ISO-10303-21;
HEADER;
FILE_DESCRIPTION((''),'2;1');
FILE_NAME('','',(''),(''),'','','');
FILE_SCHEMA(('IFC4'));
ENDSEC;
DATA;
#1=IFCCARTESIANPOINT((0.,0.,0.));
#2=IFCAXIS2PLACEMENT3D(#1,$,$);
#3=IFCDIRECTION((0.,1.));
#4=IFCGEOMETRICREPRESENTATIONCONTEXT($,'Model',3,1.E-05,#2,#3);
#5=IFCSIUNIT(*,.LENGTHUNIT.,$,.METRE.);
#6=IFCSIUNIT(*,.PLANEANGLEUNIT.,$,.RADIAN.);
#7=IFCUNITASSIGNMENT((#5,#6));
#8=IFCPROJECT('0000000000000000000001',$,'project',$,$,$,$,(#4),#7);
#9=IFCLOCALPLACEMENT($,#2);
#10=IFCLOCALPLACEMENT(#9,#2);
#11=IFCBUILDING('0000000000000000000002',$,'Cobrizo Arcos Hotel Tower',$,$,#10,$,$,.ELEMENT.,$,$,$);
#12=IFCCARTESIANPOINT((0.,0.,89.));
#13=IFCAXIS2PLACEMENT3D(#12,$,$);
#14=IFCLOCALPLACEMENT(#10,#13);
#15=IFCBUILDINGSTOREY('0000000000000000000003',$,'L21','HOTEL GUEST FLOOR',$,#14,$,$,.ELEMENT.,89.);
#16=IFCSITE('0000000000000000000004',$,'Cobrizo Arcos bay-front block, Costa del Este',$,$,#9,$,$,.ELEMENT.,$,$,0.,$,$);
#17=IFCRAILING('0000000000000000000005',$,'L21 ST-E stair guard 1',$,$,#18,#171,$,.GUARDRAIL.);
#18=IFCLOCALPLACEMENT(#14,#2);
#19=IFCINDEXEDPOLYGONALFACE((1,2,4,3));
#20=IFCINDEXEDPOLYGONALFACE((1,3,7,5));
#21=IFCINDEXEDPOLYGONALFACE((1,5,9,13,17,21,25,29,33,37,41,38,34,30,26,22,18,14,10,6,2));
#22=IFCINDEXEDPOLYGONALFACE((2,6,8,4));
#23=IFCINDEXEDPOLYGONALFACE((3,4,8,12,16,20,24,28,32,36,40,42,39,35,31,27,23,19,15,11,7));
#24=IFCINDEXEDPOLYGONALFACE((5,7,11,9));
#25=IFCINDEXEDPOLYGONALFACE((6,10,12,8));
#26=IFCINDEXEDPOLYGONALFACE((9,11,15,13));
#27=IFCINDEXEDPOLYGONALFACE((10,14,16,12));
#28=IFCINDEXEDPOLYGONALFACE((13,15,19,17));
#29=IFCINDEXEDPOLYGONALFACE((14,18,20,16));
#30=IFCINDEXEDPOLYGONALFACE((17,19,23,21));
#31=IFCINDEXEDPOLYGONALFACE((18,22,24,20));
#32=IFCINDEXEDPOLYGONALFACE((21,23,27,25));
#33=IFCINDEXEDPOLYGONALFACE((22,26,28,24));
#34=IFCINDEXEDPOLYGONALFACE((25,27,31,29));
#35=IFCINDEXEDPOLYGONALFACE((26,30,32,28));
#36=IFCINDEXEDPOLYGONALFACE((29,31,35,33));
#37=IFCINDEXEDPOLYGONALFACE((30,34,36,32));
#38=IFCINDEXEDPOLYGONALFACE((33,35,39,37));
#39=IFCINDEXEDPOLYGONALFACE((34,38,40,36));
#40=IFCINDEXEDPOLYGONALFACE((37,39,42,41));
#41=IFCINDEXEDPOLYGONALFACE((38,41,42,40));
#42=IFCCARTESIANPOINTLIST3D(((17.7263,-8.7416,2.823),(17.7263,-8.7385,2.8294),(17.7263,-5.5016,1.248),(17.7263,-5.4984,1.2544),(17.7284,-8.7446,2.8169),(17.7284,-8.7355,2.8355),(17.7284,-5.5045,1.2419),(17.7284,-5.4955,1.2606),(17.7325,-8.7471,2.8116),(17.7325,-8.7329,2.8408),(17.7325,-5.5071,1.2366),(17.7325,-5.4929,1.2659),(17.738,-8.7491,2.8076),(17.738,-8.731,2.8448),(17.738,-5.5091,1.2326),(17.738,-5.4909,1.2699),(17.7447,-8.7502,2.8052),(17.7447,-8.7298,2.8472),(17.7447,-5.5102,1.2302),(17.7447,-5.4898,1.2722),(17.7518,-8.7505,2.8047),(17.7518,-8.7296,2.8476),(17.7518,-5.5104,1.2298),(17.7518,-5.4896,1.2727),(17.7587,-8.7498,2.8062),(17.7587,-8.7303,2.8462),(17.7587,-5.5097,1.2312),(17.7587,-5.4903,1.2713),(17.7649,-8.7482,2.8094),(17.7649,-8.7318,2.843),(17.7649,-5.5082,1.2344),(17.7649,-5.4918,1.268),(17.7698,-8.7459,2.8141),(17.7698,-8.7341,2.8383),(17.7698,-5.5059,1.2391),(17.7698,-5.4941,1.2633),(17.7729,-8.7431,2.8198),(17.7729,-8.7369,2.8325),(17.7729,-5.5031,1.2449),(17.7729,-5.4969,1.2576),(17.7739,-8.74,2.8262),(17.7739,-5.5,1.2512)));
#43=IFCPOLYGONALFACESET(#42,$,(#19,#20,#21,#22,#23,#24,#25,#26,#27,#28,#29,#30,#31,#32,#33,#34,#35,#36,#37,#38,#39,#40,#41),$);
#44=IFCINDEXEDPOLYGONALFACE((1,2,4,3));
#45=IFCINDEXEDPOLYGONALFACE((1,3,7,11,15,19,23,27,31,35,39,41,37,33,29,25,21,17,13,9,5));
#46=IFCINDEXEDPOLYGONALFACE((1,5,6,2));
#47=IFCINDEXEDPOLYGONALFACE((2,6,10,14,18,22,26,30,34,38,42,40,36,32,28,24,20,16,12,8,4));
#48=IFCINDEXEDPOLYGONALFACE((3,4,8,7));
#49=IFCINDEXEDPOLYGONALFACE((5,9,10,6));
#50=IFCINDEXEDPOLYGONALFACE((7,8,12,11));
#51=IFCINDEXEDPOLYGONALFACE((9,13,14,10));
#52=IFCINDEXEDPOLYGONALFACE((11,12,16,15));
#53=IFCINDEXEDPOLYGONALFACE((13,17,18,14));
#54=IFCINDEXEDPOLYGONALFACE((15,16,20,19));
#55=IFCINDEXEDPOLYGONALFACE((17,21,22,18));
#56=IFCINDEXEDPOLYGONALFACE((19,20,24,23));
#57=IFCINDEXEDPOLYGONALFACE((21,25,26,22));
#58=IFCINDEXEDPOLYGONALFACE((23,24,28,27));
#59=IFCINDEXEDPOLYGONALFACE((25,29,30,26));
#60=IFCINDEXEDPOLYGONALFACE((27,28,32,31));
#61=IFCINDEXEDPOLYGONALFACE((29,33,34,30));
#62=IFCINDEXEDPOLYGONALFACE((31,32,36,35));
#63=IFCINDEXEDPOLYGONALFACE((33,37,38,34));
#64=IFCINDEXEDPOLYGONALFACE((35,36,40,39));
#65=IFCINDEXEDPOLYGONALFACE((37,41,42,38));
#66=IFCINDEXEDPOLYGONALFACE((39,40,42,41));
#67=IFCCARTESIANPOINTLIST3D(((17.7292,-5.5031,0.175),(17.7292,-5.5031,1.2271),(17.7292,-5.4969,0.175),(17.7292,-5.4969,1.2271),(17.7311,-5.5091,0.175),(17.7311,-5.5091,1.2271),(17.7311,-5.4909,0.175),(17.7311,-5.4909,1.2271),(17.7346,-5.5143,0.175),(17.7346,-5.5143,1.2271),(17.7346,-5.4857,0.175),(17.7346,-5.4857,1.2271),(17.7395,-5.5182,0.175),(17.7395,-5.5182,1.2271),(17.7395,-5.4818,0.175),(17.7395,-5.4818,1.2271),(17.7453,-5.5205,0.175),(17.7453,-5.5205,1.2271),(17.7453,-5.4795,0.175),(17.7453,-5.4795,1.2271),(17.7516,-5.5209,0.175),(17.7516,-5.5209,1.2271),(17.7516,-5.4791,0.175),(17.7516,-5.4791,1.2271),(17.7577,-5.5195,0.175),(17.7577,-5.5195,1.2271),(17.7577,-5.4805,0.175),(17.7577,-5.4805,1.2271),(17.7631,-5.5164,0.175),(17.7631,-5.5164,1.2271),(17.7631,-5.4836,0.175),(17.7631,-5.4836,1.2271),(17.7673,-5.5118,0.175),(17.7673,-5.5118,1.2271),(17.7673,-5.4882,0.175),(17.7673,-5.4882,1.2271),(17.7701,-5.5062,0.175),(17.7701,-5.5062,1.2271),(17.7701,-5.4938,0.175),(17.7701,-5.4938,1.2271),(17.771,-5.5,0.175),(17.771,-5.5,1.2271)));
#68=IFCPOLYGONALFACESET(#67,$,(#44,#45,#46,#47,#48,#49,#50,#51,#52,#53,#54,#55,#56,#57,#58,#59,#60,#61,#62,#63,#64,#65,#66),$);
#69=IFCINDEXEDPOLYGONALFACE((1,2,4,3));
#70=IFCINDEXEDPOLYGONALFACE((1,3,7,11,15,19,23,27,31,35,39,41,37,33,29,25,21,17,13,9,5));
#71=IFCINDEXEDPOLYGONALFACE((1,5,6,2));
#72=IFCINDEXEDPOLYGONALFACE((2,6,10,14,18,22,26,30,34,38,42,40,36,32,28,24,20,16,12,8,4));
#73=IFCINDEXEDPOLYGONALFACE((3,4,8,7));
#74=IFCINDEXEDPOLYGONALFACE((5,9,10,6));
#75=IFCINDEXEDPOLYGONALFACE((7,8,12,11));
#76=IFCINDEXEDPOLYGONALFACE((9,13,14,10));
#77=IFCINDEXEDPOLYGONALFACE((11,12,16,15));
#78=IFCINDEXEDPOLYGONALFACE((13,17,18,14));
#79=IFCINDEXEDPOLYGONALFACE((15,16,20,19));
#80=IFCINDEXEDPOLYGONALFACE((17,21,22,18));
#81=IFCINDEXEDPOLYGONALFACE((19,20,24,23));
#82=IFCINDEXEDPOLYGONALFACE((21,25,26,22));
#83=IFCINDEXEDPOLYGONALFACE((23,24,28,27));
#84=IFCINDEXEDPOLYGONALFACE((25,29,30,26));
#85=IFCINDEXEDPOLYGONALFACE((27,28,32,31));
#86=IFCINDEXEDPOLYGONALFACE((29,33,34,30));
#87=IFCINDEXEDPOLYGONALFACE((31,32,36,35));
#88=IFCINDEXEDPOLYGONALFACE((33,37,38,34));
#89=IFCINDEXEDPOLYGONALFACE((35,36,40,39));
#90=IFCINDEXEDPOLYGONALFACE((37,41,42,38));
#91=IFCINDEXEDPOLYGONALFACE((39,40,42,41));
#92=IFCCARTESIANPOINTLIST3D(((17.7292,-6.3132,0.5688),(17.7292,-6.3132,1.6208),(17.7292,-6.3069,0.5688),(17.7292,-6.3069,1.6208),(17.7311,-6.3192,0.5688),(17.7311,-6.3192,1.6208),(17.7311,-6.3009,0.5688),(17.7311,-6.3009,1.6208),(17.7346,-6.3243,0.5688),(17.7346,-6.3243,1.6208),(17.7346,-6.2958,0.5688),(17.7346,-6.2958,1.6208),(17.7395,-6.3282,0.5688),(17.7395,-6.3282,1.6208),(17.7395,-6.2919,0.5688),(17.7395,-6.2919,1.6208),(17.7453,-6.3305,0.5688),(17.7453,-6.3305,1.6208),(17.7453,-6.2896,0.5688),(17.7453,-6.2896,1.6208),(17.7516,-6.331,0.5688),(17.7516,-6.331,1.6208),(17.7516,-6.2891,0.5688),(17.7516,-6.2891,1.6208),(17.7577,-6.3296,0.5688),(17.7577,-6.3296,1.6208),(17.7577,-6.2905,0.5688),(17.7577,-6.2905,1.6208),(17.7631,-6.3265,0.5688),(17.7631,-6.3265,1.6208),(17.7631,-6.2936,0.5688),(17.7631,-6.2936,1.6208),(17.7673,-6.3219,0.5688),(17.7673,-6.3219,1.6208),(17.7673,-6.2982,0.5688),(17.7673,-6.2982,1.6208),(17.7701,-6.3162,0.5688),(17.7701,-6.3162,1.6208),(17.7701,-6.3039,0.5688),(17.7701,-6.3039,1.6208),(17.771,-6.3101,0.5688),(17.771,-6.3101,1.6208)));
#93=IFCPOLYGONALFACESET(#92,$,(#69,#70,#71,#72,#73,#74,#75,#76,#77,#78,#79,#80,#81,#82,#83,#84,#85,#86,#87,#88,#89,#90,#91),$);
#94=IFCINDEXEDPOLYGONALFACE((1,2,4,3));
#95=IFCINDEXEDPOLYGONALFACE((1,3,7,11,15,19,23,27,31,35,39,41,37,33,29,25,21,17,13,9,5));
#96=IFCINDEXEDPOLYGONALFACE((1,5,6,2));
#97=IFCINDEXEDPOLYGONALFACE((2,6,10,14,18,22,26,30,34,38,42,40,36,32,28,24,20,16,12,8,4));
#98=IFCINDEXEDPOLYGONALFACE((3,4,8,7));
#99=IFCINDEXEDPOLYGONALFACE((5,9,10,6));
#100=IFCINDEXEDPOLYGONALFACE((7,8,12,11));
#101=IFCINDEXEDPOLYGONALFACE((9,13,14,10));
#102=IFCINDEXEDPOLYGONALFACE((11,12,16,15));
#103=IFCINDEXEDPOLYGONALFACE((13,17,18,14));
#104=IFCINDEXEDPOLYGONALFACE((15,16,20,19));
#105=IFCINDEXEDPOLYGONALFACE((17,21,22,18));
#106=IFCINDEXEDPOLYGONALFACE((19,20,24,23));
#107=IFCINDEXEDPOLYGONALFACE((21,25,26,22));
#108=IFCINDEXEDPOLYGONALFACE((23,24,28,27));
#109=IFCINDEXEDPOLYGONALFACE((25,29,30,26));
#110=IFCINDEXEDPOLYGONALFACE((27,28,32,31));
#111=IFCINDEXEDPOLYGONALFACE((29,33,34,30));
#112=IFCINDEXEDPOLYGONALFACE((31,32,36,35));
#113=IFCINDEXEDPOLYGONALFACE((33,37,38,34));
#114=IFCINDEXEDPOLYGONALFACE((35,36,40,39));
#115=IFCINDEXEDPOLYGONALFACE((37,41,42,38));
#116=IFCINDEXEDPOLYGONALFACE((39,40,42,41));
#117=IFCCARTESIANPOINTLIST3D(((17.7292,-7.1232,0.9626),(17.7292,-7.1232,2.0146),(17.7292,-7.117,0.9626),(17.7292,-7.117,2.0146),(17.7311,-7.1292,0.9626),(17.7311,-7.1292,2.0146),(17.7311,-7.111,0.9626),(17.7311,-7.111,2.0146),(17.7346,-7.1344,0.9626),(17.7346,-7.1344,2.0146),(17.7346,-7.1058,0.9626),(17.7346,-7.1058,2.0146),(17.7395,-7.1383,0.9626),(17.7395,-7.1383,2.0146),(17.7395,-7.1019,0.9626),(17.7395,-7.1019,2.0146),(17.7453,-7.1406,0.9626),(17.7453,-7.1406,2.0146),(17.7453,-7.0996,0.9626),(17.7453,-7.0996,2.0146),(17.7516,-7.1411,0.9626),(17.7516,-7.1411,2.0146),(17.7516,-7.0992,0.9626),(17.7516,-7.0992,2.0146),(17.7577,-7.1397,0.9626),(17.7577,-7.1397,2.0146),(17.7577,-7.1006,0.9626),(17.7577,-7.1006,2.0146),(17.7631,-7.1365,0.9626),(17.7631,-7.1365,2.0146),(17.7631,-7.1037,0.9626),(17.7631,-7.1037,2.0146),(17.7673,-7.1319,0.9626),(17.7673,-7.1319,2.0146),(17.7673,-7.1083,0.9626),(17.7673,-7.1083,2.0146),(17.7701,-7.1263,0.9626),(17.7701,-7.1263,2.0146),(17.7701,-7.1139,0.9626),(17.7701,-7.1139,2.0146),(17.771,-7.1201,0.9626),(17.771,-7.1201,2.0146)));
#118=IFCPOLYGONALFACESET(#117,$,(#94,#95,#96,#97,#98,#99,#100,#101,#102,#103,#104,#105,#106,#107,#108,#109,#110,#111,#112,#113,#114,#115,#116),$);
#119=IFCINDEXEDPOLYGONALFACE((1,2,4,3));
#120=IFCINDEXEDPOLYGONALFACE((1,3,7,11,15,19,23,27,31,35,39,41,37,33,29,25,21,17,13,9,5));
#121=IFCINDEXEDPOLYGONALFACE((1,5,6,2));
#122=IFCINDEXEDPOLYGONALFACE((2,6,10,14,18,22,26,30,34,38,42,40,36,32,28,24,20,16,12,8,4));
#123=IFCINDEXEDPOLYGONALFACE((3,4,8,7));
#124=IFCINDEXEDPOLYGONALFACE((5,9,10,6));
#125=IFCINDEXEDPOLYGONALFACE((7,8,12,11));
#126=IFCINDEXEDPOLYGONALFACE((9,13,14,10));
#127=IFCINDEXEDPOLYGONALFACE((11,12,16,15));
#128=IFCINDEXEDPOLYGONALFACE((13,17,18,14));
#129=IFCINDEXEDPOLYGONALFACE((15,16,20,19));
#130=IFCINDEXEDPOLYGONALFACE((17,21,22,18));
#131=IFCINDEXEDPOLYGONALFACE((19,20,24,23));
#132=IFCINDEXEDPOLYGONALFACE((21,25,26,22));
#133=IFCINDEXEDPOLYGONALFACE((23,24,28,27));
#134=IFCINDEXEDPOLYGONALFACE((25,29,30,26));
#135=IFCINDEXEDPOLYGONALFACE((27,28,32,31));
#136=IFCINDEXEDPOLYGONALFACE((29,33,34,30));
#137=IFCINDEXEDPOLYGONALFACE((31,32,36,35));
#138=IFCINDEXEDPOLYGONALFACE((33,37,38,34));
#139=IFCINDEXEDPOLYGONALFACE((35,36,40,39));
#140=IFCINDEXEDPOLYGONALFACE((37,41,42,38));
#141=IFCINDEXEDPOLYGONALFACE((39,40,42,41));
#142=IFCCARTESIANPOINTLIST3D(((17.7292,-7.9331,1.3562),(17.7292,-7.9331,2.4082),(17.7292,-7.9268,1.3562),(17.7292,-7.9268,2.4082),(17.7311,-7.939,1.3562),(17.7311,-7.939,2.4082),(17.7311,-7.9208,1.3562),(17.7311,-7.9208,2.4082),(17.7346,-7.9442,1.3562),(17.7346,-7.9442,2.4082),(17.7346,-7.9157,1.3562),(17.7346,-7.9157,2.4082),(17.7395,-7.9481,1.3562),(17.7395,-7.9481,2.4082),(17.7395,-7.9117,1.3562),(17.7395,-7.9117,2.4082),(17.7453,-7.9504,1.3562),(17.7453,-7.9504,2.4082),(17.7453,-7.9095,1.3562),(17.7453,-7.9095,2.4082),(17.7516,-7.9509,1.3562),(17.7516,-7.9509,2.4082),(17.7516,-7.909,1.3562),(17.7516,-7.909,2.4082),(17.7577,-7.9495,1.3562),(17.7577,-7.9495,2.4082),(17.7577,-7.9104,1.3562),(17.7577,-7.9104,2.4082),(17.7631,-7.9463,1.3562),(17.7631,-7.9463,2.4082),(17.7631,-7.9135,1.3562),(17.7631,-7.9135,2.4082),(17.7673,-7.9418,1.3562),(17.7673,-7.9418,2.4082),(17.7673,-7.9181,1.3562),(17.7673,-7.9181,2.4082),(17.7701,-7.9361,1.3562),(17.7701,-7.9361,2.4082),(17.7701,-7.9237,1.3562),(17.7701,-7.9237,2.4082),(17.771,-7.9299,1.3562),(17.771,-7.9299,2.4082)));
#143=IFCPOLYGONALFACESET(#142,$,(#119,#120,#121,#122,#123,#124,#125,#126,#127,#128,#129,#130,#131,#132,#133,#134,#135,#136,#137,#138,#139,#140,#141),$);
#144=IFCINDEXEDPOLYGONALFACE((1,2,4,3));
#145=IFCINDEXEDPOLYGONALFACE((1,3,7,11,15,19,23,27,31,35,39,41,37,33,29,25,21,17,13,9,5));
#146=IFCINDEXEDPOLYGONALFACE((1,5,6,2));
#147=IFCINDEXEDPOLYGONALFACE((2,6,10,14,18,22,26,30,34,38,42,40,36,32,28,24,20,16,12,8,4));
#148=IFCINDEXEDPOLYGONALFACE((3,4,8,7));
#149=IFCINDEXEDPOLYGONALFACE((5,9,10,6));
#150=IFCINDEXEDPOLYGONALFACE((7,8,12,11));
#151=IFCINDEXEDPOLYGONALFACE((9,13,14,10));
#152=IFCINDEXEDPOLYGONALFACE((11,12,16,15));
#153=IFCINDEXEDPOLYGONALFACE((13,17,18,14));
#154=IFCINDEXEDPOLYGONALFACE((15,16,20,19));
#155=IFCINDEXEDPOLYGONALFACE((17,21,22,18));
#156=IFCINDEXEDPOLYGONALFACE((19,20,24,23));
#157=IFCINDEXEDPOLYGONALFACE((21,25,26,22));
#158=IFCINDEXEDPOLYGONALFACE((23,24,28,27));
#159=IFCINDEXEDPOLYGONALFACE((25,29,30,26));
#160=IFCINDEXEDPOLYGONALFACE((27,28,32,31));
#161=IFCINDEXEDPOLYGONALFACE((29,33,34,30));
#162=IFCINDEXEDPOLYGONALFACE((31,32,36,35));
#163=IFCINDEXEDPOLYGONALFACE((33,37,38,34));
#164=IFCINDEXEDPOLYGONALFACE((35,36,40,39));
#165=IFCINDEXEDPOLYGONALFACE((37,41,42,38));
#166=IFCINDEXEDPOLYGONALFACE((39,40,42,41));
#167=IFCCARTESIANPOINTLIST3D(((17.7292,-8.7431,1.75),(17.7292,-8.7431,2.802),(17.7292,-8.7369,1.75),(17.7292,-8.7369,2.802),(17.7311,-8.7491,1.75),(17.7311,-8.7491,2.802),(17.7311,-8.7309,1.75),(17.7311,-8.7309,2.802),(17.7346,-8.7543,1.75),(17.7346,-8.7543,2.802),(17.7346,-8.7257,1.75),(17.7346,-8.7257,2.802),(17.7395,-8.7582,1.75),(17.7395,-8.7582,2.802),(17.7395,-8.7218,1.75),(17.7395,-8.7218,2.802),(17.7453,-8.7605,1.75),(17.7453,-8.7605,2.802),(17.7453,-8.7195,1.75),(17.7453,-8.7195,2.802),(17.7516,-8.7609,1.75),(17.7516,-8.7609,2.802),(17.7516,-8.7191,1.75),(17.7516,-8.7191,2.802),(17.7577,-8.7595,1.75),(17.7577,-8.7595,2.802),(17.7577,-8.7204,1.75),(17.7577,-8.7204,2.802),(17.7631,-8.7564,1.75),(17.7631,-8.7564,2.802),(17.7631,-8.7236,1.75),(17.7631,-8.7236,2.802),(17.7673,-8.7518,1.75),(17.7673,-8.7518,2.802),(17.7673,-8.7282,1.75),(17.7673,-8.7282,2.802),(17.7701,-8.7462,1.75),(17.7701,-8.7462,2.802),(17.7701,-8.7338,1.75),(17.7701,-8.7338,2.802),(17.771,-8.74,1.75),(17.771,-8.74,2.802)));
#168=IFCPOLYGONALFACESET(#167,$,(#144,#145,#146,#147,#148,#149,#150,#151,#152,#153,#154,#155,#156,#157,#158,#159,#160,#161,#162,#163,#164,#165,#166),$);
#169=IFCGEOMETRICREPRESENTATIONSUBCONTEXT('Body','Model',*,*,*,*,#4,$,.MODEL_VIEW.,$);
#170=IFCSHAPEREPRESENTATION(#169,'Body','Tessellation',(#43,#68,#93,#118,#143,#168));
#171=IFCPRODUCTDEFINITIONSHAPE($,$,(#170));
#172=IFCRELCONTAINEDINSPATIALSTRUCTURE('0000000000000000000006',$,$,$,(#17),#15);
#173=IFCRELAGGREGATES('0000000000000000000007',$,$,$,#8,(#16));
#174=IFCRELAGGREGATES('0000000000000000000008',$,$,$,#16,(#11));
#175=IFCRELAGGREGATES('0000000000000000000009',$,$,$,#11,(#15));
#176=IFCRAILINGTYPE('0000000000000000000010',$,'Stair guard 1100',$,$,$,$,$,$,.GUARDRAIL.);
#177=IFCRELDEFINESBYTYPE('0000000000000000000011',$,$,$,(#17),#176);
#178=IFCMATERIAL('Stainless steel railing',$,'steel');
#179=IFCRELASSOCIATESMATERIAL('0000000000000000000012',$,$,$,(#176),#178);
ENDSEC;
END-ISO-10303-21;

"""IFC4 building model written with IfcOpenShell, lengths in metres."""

from ifc_helpers import new_model, si_unit, direction, frame, origin, origin_2d, place, context, subcontext, project, spatial, circle, extrude, material, type_object, element, save


model = new_model("IFC4")

# Units and contexts
model_context = context("Model", 3, precision=1e-05, world=origin(), true_north=direction((0.0, 1.0)))
body_context = subcontext(model_context, "Body", "Model", "MODEL_VIEW")
ifc_project = project(units=[si_unit("LENGTHUNIT", "METRE"), si_unit("PLANEANGLEUNIT", "RADIAN")], contexts=[model_context])

# Site, building, storey
site_placement = place(None, origin())
site = spatial("IfcSite", under=ifc_project, at=site_placement, Name="Cobrizo Arcos bay-front block, Costa del Este", CompositionType="ELEMENT", RefElevation=0.0)
building_placement = place(site_placement, origin())
building = spatial("IfcBuilding", under=site, at=building_placement, Name="Cobrizo Arcos Hotel Tower", CompositionType="ELEMENT")
storey_placement = place(building_placement, frame((0.0, 0.0, 89.0)))
storey = spatial("IfcBuildingStorey", under=building, at=storey_placement, Name="L21", Description="HOTEL GUEST FLOOR", CompositionType="ELEMENT", Elevation=89.0)

# Railing
ifc_material_1 = material(Name="Stainless steel railing", Category="steel")
railing_type_1 = type_object("IfcRailingType", Name="Stair guard 1100", PredefinedType="GUARDRAIL", material=ifc_material_1)
railing_1_placement = place(storey_placement, frame((17.75, -5.5, 0.175)))
element("IfcRailing", 1, at=railing_1_placement, inside=storey, type_object=railing_type_1, Name="L21 ST-E stair guard 1", PredefinedType="GUARDRAIL", context=body_context, shape_type="SweptSolid", body=[
    extrude(circle(Radius=0.0239, at=origin_2d()), frame((0.0, 0.0, 1.0762), z_axis=(0.0, -0.899373, 0.437183), x_axis=(1.0, 0.0, 0.0)), (0.0, 0.0, 1.0), 3.6025),
    extrude(circle(Radius=0.021, at=origin_2d()), origin(), (0.0, 0.0, 1.0), 1.052),
    extrude(circle(Radius=0.021, at=origin_2d()), frame((0.0, -0.8101, 0.3938)), (0.0, 0.0, 1.0), 1.052),
    extrude(circle(Radius=0.021, at=origin_2d()), frame((0.0, -1.6201, 0.7876)), (0.0, 0.0, 1.0), 1.052),
    extrude(circle(Radius=0.021, at=origin_2d()), frame((0.0, -2.4299, 1.1812)), (0.0, 0.0, 1.0), 1.052),
    extrude(circle(Radius=0.021, at=origin_2d()), frame((0.0, -3.24, 1.575)), (0.0, 0.0, 1.0), 1.052),
])

save(model, "model.ifc")
